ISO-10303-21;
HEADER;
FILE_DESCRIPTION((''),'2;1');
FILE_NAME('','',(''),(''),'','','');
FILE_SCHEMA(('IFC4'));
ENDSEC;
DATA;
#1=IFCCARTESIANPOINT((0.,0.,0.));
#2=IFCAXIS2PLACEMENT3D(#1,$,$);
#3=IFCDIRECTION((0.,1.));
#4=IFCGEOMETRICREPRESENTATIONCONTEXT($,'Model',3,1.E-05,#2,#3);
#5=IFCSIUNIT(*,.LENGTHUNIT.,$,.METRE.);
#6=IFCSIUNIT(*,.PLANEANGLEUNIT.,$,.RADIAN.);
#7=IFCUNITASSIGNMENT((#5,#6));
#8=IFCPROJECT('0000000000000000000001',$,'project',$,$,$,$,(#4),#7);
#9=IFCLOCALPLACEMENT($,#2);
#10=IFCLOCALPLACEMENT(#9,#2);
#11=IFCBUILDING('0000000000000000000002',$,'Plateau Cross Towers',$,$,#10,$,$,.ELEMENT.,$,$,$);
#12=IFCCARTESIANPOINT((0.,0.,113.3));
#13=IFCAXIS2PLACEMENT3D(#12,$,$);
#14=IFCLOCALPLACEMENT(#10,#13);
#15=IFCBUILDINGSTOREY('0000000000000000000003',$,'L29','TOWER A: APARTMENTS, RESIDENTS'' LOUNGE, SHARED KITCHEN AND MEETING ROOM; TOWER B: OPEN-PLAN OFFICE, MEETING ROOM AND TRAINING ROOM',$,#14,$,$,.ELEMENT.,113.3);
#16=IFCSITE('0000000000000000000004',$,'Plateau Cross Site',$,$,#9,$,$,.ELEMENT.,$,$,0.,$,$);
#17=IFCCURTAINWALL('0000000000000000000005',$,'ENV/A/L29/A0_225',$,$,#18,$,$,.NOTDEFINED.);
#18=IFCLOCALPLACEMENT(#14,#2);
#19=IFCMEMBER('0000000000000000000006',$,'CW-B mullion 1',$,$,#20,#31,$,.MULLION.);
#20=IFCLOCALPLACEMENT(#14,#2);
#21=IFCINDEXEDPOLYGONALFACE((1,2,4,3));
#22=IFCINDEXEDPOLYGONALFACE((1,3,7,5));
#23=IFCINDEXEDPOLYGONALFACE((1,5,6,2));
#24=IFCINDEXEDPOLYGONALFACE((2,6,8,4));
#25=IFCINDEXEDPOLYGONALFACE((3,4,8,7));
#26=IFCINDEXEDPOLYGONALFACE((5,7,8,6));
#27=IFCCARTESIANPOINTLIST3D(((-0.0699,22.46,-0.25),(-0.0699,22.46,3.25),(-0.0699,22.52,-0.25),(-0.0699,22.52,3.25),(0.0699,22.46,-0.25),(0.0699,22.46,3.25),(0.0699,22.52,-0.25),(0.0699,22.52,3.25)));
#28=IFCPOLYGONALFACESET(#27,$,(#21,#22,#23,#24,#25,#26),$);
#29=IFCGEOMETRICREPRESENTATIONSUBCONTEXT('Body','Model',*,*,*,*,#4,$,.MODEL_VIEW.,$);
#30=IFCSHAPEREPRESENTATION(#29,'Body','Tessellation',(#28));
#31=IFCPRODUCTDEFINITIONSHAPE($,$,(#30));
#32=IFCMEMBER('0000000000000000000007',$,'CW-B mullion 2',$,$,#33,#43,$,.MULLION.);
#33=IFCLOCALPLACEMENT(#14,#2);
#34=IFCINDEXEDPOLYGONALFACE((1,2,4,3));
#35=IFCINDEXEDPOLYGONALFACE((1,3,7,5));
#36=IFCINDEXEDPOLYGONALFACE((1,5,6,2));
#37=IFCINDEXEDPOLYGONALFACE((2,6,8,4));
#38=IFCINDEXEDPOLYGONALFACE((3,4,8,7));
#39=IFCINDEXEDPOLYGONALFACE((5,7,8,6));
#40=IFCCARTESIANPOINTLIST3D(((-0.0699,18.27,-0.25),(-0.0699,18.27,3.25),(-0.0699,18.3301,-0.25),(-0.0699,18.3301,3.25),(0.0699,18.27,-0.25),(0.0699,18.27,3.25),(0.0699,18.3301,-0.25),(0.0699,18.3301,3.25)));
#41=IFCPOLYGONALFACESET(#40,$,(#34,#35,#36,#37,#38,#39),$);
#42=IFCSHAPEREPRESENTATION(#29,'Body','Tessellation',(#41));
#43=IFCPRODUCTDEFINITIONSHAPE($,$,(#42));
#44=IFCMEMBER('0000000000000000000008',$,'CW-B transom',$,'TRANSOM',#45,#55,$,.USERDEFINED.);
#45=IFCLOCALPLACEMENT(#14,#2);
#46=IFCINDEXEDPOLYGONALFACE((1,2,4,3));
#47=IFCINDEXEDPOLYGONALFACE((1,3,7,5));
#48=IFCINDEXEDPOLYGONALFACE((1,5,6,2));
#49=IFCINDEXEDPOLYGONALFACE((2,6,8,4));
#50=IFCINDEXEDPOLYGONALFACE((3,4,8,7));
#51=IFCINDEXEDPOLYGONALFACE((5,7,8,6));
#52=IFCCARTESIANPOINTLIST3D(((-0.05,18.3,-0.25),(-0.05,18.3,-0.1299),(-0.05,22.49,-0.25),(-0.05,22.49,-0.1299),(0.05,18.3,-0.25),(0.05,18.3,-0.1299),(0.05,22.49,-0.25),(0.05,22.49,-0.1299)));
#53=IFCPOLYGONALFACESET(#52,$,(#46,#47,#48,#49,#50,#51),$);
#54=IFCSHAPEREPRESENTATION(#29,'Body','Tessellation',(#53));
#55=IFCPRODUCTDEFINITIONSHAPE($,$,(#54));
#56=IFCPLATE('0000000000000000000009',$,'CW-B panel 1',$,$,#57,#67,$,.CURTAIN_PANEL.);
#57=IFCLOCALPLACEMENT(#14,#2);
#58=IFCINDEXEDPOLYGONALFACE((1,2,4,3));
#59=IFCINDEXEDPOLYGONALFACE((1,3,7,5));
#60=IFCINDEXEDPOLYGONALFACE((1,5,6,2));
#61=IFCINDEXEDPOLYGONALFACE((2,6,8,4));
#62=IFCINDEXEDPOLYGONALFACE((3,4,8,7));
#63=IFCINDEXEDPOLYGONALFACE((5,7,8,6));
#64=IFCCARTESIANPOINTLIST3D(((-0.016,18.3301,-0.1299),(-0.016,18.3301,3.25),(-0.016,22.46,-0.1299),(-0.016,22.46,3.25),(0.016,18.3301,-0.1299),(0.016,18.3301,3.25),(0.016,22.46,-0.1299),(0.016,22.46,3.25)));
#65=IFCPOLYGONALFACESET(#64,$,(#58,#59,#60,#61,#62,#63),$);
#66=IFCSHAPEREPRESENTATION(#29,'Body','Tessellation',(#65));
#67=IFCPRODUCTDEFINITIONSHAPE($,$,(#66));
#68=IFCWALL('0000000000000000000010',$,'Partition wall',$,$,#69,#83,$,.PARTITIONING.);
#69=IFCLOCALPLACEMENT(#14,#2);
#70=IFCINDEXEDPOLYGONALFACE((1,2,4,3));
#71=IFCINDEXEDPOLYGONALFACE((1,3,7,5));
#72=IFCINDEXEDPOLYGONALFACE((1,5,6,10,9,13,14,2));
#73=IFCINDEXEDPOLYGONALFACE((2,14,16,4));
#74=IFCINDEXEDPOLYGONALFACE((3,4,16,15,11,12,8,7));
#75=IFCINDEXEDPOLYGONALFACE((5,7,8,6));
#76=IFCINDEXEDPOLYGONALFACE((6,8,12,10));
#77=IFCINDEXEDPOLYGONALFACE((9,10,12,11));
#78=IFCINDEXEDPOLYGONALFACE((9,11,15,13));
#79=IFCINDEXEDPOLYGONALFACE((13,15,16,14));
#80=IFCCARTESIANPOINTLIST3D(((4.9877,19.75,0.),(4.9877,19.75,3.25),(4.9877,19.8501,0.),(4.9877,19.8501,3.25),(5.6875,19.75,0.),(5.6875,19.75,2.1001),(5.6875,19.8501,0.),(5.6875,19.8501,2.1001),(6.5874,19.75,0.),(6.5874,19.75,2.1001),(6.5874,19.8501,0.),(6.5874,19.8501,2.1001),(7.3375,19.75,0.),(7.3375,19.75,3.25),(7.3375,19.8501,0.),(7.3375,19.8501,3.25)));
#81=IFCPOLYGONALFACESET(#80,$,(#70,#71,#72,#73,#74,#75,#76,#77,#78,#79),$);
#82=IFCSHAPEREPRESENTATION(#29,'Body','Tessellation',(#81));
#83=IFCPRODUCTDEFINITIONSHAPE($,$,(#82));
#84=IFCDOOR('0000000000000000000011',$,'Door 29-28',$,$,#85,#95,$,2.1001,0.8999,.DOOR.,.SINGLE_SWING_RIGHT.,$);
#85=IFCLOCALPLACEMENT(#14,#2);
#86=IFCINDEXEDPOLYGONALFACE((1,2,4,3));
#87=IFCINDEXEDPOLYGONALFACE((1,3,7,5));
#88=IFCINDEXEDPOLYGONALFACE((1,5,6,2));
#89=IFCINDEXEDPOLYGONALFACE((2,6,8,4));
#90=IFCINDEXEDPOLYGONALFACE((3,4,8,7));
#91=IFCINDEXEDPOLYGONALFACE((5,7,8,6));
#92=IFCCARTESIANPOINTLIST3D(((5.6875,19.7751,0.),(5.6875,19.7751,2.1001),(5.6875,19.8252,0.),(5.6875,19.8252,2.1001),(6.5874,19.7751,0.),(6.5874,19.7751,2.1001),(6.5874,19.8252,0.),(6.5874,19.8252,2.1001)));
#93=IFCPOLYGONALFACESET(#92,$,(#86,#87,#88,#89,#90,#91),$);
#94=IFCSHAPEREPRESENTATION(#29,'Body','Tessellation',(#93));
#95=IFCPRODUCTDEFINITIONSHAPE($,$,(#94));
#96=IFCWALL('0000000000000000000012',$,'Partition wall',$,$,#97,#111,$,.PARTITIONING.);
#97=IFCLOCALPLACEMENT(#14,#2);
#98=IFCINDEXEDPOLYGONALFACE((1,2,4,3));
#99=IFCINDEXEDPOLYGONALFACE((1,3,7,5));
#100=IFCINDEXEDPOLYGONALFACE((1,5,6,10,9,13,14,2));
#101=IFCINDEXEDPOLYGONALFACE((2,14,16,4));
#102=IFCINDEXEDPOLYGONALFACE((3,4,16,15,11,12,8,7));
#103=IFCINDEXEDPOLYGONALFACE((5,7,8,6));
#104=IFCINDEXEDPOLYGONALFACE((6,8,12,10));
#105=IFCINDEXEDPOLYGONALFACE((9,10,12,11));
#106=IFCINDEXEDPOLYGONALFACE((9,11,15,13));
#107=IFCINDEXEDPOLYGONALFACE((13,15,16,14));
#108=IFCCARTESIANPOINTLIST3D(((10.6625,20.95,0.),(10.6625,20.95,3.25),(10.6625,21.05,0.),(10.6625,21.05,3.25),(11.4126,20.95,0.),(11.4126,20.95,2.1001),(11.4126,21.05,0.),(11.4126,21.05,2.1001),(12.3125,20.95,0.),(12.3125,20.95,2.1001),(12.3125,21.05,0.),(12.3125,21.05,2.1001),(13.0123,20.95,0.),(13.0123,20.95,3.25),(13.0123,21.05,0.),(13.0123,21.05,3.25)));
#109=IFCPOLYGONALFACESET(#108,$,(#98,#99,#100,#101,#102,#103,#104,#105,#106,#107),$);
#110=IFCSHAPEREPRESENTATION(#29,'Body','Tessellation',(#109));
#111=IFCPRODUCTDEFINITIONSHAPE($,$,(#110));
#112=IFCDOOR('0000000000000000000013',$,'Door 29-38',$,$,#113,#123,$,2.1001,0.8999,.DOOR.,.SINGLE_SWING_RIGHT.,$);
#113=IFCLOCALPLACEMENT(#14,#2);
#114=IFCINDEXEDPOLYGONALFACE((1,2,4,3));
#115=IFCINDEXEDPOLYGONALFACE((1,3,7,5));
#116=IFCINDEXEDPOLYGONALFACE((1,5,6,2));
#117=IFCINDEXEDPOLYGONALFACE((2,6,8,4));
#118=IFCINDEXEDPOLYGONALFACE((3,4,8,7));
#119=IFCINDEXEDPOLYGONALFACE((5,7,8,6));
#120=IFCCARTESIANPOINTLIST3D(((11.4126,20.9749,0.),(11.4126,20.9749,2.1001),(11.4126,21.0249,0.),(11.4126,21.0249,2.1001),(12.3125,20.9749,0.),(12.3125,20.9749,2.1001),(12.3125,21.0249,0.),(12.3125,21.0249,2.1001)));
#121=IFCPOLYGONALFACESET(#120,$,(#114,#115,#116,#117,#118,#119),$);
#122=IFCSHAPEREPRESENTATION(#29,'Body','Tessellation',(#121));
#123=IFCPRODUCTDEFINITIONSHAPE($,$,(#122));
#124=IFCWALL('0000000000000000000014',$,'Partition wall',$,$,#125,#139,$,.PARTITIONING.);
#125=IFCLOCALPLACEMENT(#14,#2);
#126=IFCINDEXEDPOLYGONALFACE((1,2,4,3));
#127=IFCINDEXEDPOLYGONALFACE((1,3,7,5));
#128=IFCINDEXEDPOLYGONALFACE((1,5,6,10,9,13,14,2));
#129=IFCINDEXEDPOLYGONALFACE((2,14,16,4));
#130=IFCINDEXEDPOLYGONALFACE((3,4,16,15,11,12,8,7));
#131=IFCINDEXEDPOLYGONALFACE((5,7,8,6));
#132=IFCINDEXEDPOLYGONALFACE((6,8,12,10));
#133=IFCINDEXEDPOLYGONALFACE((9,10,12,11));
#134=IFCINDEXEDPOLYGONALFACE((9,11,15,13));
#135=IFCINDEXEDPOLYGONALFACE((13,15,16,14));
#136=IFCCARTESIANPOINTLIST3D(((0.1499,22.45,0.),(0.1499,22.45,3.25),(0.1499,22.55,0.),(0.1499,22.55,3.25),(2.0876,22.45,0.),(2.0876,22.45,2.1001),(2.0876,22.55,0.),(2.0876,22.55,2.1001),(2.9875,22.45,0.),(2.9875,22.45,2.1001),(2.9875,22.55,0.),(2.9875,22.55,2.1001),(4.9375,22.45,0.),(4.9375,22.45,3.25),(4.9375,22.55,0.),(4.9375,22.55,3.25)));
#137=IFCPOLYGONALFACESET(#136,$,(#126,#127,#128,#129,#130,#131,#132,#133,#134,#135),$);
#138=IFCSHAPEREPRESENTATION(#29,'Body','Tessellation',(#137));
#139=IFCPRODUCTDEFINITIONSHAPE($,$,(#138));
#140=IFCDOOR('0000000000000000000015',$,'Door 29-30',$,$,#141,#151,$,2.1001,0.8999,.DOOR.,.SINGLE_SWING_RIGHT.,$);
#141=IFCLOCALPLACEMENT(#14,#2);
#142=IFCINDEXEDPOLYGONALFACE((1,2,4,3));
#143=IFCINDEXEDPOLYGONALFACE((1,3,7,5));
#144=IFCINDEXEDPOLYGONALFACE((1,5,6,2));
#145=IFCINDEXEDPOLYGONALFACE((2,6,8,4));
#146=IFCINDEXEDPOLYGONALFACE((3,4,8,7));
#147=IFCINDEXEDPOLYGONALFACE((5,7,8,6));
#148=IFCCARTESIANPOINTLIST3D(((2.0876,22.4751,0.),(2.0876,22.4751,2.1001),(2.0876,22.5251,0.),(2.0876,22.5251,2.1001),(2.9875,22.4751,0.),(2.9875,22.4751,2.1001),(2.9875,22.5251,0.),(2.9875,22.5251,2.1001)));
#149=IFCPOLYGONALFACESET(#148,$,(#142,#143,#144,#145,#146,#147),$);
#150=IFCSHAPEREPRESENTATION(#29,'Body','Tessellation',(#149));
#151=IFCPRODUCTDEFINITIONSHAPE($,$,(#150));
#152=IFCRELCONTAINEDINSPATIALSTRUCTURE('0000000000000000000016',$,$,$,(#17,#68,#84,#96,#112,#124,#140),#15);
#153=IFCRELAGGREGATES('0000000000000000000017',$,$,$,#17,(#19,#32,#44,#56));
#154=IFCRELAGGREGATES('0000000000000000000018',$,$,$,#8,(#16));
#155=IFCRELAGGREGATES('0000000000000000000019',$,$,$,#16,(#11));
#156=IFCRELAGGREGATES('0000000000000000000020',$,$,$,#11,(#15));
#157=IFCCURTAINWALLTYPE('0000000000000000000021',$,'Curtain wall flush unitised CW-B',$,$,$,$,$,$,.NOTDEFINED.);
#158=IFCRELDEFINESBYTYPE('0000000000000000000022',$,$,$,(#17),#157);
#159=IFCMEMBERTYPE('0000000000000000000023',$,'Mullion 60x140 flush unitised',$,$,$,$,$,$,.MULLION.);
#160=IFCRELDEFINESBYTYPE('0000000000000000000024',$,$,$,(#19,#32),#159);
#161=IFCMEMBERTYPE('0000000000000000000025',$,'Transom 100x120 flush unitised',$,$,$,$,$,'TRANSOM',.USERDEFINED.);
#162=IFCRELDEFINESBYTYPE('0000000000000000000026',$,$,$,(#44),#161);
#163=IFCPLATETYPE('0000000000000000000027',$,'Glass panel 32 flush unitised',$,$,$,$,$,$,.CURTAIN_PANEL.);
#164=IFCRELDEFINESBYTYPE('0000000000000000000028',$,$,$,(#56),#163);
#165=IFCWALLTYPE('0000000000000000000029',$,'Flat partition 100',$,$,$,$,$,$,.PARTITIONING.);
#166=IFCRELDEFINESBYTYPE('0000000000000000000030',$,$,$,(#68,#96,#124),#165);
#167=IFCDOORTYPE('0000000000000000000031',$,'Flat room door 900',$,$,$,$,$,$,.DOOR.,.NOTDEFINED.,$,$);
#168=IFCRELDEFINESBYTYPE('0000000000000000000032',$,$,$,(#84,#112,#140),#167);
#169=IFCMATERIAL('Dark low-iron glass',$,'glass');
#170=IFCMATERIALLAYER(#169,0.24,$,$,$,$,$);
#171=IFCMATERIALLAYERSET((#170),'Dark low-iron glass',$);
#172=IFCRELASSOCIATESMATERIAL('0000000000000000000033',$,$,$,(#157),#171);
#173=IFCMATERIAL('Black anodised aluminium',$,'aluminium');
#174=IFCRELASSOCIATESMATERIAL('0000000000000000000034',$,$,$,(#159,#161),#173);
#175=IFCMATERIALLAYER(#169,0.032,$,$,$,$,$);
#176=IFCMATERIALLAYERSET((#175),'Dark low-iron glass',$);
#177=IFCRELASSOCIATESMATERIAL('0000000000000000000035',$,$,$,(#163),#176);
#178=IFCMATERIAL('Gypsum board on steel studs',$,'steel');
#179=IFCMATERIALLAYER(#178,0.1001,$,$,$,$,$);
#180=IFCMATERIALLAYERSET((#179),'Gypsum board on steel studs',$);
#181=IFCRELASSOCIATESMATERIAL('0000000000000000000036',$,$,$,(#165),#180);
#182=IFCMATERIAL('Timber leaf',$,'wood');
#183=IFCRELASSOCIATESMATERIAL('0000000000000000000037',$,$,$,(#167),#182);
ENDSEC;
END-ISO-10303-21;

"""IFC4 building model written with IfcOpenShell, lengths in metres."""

from ifc_helpers import new_model, si_unit, direction, frame, frame_2d, origin, origin_2d, place, context, subcontext, project, spatial, rectangle, extrude, material, layer, layer_set, material_profile, profile_set, type_object, element, fill, aggregate, save


model = new_model("IFC4")

# Units and contexts
model_context = context("Model", 3, precision=1e-05, world=origin(), true_north=direction((0.0, 1.0)))
body_context = subcontext(model_context, "Body", "Model", "MODEL_VIEW")
ifc_project = project(units=[si_unit("LENGTHUNIT", "METRE"), si_unit("PLANEANGLEUNIT", "RADIAN")], contexts=[model_context])

# Site, building, storey
site_placement = place(None, origin())
site = spatial("IfcSite", under=ifc_project, at=site_placement, Name="Plateau Cross Site", CompositionType="ELEMENT", RefElevation=0.0)
building_placement = place(site_placement, origin())
building = spatial("IfcBuilding", under=site, at=building_placement, Name="Plateau Cross Towers", CompositionType="ELEMENT")
storey_placement = place(building_placement, frame((0.0, 0.0, 113.3)))
storey = spatial("IfcBuildingStorey", under=building, at=storey_placement, Name="L29", Description="TOWER A: APARTMENTS, RESIDENTS' LOUNGE, SHARED KITCHEN AND MEETING ROOM; TOWER B: OPEN-PLAN OFFICE, MEETING ROOM AND TRAINING ROOM", CompositionType="ELEMENT", Elevation=113.3)

# Curtain wall, members, plate
ifc_material_1 = material(Name="Dark low-iron glass", Category="glass")
ifc_layer_1 = layer(ifc_material_1, 0.24)
ifc_layer_set_1 = layer_set([ifc_layer_1], Name="Dark low-iron glass")
curtain_wall_type = type_object("IfcCurtainWallType", Name="Curtain wall flush unitised CW-B", PredefinedType="NOTDEFINED", material=ifc_layer_set_1)
curtain_wall_placement = place(storey_placement, origin())
curtain_wall = element("IfcCurtainWall", 1, at=curtain_wall_placement, inside=storey, type_object=curtain_wall_type, Name="ENV/A/L29/A0_225", PredefinedType="NOTDEFINED")
ifc_material_2 = material(Name="Black anodised aluminium", Category="aluminium")
ifc_material_profile_1 = material_profile(ifc_material_2, rectangle(XDim=0.0601, YDim=0.1399, at=origin_2d()), Name="MULLION 60x140")
ifc_profile_set_1 = profile_set([ifc_material_profile_1], Name="Black anodised aluminium")
member_type_1 = type_object("IfcMemberType", Name="Mullion 60x140 flush unitised", PredefinedType="MULLION", material=ifc_profile_set_1)
member_1_placement = place(storey_placement, frame((0.0, 22.49, -0.25), z_axis=(0.0, 0.0, 1.0), x_axis=(0.0, -1.0, 0.0)))
member_1 = element("IfcMember", 2, at=member_1_placement, type_object=member_type_1, Name="CW-B mullion 1", PredefinedType="MULLION", context=body_context, shape_type="SweptSolid", body=[
    extrude(rectangle(XDim=0.0601, YDim=0.1399, at=origin_2d()), origin(), (0.0, 0.0, 1.0), 3.5),
])
member_2_placement = place(storey_placement, frame((0.0, 18.3, -0.25), z_axis=(0.0, 0.0, 1.0), x_axis=(0.0, -1.0, 0.0)))
member_2 = element("IfcMember", 3, at=member_2_placement, type_object=member_type_1, Name="CW-B mullion 2", PredefinedType="MULLION", context=body_context, shape_type="SweptSolid", body=[
    extrude(rectangle(XDim=0.0601, YDim=0.1399, at=origin_2d()), origin(), (0.0, 0.0, 1.0), 3.5),
])
ifc_material_profile_2 = material_profile(ifc_material_2, rectangle(XDim=0.1001, YDim=0.1201, at=origin_2d()), Name="TRANSOM 100x120")
ifc_profile_set_2 = profile_set([ifc_material_profile_2], Name="Black anodised aluminium")
member_type_2 = type_object("IfcMemberType", Name="Transom 100x120 flush unitised", ElementType="TRANSOM", PredefinedType="USERDEFINED", material=ifc_profile_set_2)
member_3_placement = place(storey_placement, frame((0.0, 22.49, -0.1899), z_axis=(0.0, -1.0, 0.0), x_axis=(1.0, 0.0, 0.0)))
member_3 = element("IfcMember", 4, at=member_3_placement, type_object=member_type_2, Name="CW-B transom", ObjectType="TRANSOM", PredefinedType="USERDEFINED", context=body_context, shape_type="SweptSolid", body=[
    extrude(rectangle(XDim=0.1001, YDim=0.1201, at=origin_2d()), origin(), (0.0, 0.0, 1.0), 4.1899),
])
ifc_layer_2 = layer(ifc_material_1, 0.032)
ifc_layer_set_2 = layer_set([ifc_layer_2], Name="Dark low-iron glass")
plate_type = type_object("IfcPlateType", Name="Glass panel 32 flush unitised", PredefinedType="CURTAIN_PANEL", material=ifc_layer_set_2)
plate_placement = place(storey_placement, frame((0.0, 20.395, -0.1299), z_axis=(0.0, 0.0, 1.0), x_axis=(0.0, -1.0, 0.0)))
plate = element("IfcPlate", 5, at=plate_placement, type_object=plate_type, Name="CW-B panel 1", PredefinedType="CURTAIN_PANEL", context=body_context, shape_type="SweptSolid", body=[
    extrude(rectangle(XDim=4.1299, YDim=0.032, at=origin_2d()), origin(), (0.0, 0.0, 1.0), 3.3799),
])
aggregate(curtain_wall, [member_1, member_2, member_3, plate])

# Walls, openings, doors
ifc_material_3 = material(Name="Gypsum board on steel studs", Category="steel")
ifc_layer_3 = layer(ifc_material_3, 0.1001)
ifc_layer_set_3 = layer_set([ifc_layer_3], Name="Gypsum board on steel studs")
wall_type_1 = type_object("IfcWallType", Name="Flat partition 100", PredefinedType="PARTITIONING", material=ifc_layer_set_3)
wall_1_placement = place(storey_placement, frame((7.3374, 19.8, 0.0), z_axis=(0.0, 0.0, 1.0), x_axis=(-1.0, 0.0, 0.0)))
wall_1 = element("IfcWall", 6, at=wall_1_placement, inside=storey, type_object=wall_type_1, Name="Partition wall", PredefinedType="PARTITIONING", context=body_context, shape_type="SweptSolid", body=[
    extrude(rectangle(XDim=2.3499, YDim=0.1001, at=frame_2d((1.1748, 0.0))), origin(), (0.0, 0.0, 1.0), 3.25),
])
opening_1_placement = place(wall_1_placement, frame((0.75, 0.0, 0.0)))
opening_1 = element("IfcOpeningElement", 7, at=opening_1_placement, cuts=wall_1, PredefinedType="OPENING", context=body_context, shape_type="SweptSolid", body=[
    extrude(rectangle(XDim=0.8999, YDim=2.1001, at=frame_2d((0.45, 1.05))), frame((0.0, 0.0601, 0.0), z_axis=(0.0, -1.0, 0.0), x_axis=(1.0, 0.0, 0.0)), (0.0, 0.0, 1.0), 0.1201),
])
ifc_material_4 = material(Name="Timber leaf", Category="wood")
door_type_1 = type_object("IfcDoorType", Name="Flat room door 900", OperationType="NOTDEFINED", PredefinedType="DOOR", material=ifc_material_4)
door_1_placement = place(opening_1_placement, origin())
door_1 = element("IfcDoor", 8, at=door_1_placement, inside=storey, type_object=door_type_1, Name="Door 29-28", OperationType="SINGLE_SWING_RIGHT", OverallHeight=2.1001, OverallWidth=0.8999, PredefinedType="DOOR", context=body_context, shape_type="SweptSolid", body=[
    extrude(rectangle(XDim=0.8999, YDim=2.1001, at=frame_2d((0.45, 1.05))), frame((0.0, 0.0249, 0.0), z_axis=(0.0, -1.0, 0.0), x_axis=(1.0, 0.0, 0.0)), (0.0, 0.0, 1.0), 0.05),
])
fill(opening_1, door_1)
wall_2_placement = place(storey_placement, frame((10.6626, 21.0, 0.0), z_axis=(0.0, 0.0, 1.0), x_axis=(1.0, 0.0, 0.0)))
wall_2 = element("IfcWall", 9, at=wall_2_placement, inside=storey, type_object=wall_type_1, Name="Partition wall", PredefinedType="PARTITIONING", context=body_context, shape_type="SweptSolid", body=[
    extrude(rectangle(XDim=2.3499, YDim=0.1001, at=frame_2d((1.1748, 0.0))), origin(), (0.0, 0.0, 1.0), 3.25),
])
opening_2_placement = place(wall_2_placement, frame((0.75, 0.0, 0.0)))
opening_2 = element("IfcOpeningElement", 10, at=opening_2_placement, cuts=wall_2, PredefinedType="OPENING", context=body_context, shape_type="SweptSolid", body=[
    extrude(rectangle(XDim=0.8999, YDim=2.1001, at=frame_2d((0.45, 1.05))), frame((0.0, 0.0601, 0.0), z_axis=(0.0, -1.0, 0.0), x_axis=(1.0, 0.0, 0.0)), (0.0, 0.0, 1.0), 0.1201),
])
door_2_placement = place(opening_2_placement, origin())
door_2 = element("IfcDoor", 11, at=door_2_placement, inside=storey, type_object=door_type_1, Name="Door 29-38", OperationType="SINGLE_SWING_RIGHT", OverallHeight=2.1001, OverallWidth=0.8999, PredefinedType="DOOR", context=body_context, shape_type="SweptSolid", body=[
    extrude(rectangle(XDim=0.8999, YDim=2.1001, at=frame_2d((0.45, 1.05))), frame((0.0, 0.0249, 0.0), z_axis=(0.0, -1.0, 0.0), x_axis=(1.0, 0.0, 0.0)), (0.0, 0.0, 1.0), 0.05),
])
fill(opening_2, door_2)
wall_3_placement = place(storey_placement, frame((4.9375, 22.5, 0.0), z_axis=(0.0, 0.0, 1.0), x_axis=(-1.0, 0.0, 0.0)))
wall_3 = element("IfcWall", 12, at=wall_3_placement, inside=storey, type_object=wall_type_1, Name="Partition wall", PredefinedType="PARTITIONING", context=body_context, shape_type="SweptSolid", body=[
    extrude(rectangle(XDim=4.7876, YDim=0.1001, at=frame_2d((2.3938, 0.0))), origin(), (0.0, 0.0, 1.0), 3.25),
])
opening_3_placement = place(wall_3_placement, frame((1.95, 0.0, 0.0)))
opening_3 = element("IfcOpeningElement", 13, at=opening_3_placement, cuts=wall_3, PredefinedType="OPENING", context=body_context, shape_type="SweptSolid", body=[
    extrude(rectangle(XDim=0.8999, YDim=2.1001, at=frame_2d((0.45, 1.05))), frame((0.0, 0.0601, 0.0), z_axis=(0.0, -1.0, 0.0), x_axis=(1.0, 0.0, 0.0)), (0.0, 0.0, 1.0), 0.1201),
])
door_3_placement = place(opening_3_placement, origin())
door_3 = element("IfcDoor", 14, at=door_3_placement, inside=storey, type_object=door_type_1, Name="Door 29-30", OperationType="SINGLE_SWING_RIGHT", OverallHeight=2.1001, OverallWidth=0.8999, PredefinedType="DOOR", context=body_context, shape_type="SweptSolid", body=[
    extrude(rectangle(XDim=0.8999, YDim=2.1001, at=frame_2d((0.45, 1.05))), frame((0.0, 0.0249, 0.0), z_axis=(0.0, -1.0, 0.0), x_axis=(1.0, 0.0, 0.0)), (0.0, 0.0, 1.0), 0.05),
])
fill(opening_3, door_3)

save(model, "model.ifc")
